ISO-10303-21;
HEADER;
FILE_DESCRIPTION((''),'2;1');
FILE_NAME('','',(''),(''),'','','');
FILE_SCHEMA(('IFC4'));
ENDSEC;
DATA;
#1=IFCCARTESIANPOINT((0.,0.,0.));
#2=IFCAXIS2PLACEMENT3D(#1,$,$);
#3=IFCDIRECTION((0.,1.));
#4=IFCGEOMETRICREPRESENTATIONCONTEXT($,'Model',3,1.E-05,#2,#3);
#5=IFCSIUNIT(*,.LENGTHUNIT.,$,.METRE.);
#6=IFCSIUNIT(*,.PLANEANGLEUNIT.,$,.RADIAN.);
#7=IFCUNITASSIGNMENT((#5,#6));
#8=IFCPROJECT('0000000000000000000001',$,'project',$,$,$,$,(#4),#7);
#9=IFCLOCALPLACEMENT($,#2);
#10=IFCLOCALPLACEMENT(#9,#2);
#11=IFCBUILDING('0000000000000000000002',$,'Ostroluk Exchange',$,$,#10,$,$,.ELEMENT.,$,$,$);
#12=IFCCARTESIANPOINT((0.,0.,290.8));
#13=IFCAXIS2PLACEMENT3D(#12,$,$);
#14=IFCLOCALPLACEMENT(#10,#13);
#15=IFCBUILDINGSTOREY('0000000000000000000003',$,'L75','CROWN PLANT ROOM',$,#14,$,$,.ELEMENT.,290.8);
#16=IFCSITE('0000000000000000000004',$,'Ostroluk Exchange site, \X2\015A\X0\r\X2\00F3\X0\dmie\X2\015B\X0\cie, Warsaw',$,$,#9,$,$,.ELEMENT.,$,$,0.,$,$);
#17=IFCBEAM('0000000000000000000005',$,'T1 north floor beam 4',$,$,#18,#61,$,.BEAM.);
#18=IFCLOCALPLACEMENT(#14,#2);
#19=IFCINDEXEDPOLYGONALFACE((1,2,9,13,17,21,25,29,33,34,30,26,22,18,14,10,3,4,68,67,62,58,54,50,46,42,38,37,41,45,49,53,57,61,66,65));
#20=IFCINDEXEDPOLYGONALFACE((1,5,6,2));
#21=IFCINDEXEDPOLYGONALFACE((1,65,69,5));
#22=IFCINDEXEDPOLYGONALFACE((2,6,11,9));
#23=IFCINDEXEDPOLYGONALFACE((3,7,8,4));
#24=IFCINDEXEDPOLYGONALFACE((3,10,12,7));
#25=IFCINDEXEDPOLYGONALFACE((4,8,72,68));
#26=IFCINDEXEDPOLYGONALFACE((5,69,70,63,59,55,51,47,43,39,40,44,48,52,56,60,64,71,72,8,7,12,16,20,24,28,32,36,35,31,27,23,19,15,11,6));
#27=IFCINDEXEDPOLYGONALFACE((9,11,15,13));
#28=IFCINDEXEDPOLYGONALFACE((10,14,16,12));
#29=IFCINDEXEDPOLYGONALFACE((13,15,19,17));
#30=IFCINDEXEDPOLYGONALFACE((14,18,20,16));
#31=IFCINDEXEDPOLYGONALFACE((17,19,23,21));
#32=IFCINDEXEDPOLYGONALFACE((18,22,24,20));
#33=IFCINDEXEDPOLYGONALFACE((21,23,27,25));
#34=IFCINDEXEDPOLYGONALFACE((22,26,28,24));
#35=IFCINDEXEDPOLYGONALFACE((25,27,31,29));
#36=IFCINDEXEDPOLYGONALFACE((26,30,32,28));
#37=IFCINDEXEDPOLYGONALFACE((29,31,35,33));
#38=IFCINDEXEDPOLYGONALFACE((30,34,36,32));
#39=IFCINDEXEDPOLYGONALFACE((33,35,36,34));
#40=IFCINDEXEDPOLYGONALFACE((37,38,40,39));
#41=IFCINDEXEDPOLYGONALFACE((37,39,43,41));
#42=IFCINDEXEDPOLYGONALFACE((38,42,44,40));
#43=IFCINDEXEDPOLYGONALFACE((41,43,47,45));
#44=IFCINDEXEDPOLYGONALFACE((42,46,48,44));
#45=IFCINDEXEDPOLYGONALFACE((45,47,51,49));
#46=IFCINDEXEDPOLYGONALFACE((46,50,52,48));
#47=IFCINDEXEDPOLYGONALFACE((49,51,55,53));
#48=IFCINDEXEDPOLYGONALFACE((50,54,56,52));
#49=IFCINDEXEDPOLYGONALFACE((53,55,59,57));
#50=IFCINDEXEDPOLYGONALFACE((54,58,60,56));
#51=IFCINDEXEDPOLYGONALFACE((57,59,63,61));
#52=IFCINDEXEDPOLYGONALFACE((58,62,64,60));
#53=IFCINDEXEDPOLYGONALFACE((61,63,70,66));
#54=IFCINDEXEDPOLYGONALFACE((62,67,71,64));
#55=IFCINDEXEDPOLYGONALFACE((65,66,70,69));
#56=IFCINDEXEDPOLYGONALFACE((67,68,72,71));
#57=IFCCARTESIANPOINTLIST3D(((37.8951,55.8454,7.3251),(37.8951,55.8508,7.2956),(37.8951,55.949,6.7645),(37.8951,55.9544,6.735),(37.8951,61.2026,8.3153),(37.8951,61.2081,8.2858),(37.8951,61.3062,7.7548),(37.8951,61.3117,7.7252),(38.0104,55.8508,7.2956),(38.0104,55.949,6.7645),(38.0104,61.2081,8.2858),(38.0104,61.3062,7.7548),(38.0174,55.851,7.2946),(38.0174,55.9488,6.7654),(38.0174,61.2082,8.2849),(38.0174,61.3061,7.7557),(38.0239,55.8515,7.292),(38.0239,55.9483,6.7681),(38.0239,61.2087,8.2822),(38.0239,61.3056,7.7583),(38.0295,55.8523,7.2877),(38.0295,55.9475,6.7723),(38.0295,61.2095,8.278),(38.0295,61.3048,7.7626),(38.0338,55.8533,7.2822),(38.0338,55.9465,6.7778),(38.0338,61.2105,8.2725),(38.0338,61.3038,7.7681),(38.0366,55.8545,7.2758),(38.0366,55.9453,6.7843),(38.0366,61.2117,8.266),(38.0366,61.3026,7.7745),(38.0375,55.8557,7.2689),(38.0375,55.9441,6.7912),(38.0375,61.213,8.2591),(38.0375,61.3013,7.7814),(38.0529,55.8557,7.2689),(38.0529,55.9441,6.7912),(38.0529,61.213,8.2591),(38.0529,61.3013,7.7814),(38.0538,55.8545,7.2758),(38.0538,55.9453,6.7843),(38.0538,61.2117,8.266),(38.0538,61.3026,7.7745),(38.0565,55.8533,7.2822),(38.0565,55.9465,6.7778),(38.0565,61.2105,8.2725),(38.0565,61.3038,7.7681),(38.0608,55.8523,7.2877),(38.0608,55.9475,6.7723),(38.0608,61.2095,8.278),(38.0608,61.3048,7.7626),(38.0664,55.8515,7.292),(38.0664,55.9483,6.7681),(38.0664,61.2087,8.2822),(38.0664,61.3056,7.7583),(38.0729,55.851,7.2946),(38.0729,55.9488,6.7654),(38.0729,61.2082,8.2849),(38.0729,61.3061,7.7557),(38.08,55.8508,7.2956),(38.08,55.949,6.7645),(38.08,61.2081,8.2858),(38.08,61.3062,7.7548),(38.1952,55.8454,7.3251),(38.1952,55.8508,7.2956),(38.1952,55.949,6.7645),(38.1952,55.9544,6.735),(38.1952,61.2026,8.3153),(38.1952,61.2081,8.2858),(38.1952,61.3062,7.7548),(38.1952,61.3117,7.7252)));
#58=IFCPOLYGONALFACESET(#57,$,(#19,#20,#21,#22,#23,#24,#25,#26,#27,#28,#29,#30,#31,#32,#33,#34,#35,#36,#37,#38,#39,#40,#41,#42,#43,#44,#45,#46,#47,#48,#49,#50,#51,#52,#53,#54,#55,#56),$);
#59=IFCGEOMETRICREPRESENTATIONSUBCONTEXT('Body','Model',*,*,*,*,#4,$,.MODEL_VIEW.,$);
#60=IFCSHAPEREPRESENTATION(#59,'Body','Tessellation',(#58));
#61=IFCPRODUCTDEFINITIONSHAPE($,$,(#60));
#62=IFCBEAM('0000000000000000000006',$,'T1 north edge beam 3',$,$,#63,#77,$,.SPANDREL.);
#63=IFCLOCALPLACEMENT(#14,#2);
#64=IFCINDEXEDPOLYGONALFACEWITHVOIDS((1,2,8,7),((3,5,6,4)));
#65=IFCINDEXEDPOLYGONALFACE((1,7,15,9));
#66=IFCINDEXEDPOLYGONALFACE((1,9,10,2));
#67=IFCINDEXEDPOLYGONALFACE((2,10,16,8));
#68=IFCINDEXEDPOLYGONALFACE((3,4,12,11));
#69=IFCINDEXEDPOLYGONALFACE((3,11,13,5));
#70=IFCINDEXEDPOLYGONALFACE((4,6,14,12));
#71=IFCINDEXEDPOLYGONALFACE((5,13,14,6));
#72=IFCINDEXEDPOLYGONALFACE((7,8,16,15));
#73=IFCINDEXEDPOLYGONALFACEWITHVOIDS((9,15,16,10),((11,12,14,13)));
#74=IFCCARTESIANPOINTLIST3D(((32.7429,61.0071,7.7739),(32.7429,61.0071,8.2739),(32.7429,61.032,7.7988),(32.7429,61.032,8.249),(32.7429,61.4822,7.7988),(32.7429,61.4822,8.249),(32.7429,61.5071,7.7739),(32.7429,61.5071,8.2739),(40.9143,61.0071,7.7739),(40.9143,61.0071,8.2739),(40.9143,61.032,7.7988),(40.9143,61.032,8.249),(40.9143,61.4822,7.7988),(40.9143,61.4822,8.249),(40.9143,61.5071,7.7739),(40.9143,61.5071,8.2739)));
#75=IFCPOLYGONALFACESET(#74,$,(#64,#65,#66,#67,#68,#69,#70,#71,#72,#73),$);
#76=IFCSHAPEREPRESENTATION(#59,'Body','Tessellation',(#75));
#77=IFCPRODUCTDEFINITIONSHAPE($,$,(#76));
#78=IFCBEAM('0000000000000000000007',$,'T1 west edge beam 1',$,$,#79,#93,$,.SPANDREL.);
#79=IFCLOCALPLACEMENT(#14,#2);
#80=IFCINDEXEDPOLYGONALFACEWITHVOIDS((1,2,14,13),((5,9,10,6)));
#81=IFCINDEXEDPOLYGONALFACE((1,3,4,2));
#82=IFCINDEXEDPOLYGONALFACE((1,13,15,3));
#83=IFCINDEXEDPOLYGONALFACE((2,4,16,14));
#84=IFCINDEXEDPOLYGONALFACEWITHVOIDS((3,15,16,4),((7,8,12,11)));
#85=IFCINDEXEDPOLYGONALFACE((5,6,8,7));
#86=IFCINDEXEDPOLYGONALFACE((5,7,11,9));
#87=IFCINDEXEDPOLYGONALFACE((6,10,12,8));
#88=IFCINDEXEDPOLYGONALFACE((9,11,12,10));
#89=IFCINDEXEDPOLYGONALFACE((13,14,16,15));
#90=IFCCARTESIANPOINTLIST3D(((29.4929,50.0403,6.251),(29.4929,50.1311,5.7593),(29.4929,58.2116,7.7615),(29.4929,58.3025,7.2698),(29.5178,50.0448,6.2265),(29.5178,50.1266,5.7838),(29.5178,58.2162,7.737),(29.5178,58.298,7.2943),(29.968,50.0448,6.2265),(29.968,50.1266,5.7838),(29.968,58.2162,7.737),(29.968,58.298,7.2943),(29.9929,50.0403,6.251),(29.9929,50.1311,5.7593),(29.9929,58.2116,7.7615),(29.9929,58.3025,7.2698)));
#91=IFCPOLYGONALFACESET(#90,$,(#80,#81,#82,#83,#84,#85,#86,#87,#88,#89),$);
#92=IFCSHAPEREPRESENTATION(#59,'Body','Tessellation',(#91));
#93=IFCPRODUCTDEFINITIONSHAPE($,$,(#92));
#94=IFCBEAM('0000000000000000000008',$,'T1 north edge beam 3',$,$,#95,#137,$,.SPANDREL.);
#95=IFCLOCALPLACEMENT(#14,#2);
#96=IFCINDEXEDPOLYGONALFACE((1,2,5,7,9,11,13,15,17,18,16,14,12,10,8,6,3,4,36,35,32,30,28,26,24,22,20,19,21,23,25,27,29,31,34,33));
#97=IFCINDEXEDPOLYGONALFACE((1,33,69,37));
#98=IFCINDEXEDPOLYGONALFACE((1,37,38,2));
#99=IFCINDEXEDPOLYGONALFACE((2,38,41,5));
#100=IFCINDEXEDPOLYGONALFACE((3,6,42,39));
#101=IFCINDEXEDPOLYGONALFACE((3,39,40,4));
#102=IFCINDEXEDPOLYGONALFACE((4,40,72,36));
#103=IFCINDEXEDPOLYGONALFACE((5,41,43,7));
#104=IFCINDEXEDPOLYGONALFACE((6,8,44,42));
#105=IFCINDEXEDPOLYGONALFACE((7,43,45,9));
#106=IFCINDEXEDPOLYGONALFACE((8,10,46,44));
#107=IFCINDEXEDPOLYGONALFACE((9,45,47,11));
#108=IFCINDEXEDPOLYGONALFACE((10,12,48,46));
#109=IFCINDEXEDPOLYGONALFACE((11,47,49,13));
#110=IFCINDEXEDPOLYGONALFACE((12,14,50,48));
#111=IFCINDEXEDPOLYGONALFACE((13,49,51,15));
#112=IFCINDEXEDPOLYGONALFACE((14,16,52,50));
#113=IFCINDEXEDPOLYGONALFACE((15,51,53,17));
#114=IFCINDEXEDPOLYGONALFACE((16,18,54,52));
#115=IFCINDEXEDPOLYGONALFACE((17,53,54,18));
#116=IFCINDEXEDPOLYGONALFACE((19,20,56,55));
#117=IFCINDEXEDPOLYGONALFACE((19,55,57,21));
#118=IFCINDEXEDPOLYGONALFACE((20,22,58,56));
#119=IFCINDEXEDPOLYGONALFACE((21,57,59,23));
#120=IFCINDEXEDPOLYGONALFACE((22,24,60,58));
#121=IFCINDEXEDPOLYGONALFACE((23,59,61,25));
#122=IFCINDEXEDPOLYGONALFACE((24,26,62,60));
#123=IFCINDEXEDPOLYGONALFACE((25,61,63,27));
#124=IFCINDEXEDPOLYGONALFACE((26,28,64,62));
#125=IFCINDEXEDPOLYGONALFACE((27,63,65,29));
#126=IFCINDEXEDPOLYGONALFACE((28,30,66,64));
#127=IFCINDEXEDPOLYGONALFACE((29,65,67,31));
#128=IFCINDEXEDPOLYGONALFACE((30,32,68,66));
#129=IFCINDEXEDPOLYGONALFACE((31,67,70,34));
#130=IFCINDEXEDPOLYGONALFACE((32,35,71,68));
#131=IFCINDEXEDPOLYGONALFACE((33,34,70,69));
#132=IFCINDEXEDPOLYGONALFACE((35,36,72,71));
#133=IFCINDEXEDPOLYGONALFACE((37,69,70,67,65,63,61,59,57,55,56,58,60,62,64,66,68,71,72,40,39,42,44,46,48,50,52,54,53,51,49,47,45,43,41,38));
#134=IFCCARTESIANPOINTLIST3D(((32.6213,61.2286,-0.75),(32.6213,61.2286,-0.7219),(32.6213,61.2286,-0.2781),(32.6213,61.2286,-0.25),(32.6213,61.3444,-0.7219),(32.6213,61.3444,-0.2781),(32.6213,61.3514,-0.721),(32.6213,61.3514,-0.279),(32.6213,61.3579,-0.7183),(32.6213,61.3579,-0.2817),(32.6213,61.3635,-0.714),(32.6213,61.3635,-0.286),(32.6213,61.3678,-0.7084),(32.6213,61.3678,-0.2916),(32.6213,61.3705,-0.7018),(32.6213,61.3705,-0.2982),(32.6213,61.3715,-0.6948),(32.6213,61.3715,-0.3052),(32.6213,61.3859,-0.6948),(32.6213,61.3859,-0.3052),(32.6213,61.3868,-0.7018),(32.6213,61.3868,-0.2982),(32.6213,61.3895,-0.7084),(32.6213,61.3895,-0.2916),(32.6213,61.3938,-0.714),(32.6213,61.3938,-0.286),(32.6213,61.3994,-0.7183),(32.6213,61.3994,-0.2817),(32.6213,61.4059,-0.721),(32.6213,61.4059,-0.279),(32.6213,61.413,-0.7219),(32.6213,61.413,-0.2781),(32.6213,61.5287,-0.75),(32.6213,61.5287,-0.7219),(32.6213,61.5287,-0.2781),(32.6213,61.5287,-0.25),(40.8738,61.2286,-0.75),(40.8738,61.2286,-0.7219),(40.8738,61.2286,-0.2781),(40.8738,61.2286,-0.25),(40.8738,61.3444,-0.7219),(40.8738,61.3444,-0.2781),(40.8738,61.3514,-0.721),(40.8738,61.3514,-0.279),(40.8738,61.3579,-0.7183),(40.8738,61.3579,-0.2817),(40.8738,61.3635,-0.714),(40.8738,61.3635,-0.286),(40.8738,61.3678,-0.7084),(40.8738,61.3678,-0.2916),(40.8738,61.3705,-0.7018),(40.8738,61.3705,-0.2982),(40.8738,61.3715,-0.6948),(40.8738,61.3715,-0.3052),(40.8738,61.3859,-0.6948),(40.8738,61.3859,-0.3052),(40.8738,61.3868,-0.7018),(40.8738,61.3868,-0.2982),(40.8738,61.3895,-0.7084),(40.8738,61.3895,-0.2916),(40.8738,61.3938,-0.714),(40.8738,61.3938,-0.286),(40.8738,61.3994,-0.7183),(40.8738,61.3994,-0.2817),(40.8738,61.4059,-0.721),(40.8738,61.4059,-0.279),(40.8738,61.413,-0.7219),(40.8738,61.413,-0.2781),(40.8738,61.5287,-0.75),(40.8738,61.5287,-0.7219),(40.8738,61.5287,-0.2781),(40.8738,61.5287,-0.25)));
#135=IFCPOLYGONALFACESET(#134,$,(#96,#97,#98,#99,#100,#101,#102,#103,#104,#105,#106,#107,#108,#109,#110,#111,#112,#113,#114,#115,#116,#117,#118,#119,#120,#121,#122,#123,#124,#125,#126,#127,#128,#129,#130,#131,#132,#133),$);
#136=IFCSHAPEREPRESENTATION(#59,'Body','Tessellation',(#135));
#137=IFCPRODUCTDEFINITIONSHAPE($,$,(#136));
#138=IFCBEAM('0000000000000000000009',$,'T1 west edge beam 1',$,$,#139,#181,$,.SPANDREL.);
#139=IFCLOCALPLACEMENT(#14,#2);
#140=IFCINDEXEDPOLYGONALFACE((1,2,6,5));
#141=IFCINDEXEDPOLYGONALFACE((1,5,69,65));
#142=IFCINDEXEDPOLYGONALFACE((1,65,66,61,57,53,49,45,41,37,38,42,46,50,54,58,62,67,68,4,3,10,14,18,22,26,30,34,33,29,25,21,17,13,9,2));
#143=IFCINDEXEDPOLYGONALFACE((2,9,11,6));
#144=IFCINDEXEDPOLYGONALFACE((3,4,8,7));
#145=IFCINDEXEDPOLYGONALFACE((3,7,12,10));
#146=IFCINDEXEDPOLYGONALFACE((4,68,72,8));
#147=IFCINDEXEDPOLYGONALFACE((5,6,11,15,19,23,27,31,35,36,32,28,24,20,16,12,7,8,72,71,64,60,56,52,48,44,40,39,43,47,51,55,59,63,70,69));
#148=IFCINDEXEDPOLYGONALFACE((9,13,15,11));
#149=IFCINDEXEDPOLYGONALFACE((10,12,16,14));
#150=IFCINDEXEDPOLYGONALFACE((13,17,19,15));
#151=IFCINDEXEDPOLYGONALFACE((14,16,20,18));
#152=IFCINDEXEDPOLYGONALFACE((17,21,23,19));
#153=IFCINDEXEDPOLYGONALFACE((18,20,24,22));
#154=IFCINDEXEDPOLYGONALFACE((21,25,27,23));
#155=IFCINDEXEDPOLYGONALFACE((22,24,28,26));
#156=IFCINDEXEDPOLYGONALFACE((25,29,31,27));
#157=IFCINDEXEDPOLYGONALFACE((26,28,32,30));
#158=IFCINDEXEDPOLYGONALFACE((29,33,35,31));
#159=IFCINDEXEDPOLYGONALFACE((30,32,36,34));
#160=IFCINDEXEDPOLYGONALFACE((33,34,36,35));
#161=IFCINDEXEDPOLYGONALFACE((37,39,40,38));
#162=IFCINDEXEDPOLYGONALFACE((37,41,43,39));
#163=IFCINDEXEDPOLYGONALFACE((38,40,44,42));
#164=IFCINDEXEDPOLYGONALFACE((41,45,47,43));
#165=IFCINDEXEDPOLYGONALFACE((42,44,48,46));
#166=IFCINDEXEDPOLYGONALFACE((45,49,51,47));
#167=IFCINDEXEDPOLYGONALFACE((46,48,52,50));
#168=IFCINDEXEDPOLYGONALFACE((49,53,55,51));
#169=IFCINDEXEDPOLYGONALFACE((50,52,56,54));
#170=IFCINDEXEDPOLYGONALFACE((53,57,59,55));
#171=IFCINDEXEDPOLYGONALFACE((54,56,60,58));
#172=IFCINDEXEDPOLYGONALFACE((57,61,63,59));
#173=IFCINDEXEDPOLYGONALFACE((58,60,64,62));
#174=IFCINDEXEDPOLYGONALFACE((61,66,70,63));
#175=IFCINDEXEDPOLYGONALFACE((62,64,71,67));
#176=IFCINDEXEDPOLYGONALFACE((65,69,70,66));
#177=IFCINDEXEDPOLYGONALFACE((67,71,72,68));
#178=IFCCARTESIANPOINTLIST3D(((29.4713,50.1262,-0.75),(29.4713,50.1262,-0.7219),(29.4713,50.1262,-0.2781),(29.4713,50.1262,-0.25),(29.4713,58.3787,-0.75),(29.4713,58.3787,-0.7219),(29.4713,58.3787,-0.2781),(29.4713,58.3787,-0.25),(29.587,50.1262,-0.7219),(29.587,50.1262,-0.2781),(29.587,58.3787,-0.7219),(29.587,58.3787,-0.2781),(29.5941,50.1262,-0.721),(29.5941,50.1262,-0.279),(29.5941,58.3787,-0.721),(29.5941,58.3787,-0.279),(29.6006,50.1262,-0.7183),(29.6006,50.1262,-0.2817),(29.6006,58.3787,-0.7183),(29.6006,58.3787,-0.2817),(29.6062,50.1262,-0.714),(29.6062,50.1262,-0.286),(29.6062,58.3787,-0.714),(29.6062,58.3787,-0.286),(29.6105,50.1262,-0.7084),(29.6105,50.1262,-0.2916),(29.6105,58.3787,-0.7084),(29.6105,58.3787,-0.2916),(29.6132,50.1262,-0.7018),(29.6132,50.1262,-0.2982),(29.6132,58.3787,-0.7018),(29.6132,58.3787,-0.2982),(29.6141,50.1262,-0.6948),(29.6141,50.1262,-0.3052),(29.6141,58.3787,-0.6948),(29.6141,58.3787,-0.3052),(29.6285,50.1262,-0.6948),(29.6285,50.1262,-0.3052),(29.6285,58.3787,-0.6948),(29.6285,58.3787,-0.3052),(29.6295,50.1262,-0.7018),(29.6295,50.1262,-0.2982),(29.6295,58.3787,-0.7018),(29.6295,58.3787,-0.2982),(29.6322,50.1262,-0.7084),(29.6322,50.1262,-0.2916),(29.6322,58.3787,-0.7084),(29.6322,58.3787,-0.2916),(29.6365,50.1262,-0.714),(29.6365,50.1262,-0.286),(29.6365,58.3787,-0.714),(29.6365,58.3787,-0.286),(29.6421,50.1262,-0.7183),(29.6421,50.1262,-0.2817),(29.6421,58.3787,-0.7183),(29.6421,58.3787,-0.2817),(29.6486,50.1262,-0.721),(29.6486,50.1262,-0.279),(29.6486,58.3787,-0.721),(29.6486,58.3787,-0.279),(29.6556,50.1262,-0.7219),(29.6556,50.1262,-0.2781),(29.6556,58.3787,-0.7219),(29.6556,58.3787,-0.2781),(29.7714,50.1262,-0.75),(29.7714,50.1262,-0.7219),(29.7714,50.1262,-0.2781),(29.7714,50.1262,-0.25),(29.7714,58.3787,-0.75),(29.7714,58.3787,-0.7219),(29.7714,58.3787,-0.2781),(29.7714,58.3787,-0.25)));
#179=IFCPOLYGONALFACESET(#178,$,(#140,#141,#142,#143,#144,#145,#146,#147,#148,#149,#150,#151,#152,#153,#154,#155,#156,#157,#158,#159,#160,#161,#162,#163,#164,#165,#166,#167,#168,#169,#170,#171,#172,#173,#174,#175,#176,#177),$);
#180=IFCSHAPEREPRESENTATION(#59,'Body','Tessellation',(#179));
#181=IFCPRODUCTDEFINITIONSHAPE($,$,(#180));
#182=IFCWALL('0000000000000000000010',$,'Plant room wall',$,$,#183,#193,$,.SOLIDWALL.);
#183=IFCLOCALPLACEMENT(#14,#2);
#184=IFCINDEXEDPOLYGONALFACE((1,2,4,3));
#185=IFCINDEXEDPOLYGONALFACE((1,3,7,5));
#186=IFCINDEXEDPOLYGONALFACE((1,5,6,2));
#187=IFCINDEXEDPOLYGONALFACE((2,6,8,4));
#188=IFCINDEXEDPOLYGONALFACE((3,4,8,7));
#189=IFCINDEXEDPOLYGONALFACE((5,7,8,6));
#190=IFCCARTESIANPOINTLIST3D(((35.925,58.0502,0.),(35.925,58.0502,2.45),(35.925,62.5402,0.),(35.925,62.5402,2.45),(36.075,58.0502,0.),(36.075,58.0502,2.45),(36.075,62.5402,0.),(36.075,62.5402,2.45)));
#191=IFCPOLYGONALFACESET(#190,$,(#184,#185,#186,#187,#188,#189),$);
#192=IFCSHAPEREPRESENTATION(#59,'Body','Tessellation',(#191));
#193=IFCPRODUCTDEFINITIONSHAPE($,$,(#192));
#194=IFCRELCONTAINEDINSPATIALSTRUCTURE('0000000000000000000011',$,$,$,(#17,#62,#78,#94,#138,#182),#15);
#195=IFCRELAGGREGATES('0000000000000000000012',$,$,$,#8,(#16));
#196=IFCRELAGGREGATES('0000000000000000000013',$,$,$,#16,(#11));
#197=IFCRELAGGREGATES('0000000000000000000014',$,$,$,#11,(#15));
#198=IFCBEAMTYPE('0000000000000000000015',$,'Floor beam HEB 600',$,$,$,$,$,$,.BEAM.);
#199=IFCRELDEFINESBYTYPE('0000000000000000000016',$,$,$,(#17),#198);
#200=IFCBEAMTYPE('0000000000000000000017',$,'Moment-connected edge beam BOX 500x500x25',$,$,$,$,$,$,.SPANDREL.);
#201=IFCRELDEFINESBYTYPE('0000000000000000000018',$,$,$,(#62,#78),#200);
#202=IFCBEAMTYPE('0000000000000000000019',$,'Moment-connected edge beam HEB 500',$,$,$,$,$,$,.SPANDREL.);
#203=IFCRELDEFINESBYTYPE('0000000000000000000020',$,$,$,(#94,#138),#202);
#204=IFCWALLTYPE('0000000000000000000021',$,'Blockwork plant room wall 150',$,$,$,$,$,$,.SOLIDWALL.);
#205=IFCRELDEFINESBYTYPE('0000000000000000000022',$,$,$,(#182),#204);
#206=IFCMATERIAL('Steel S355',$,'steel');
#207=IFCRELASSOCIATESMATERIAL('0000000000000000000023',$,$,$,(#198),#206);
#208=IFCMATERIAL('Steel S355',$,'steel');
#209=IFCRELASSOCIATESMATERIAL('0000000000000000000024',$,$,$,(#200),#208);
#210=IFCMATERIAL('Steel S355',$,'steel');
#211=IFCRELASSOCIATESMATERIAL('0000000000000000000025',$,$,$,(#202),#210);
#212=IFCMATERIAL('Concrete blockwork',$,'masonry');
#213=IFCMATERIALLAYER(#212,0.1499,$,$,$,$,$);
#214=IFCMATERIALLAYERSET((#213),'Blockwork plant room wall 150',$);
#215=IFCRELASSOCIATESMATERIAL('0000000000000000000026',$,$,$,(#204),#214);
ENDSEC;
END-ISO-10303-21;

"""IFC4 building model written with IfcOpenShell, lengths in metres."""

from ifc_helpers import new_model, si_unit, direction, frame, frame_2d, origin, origin_2d, place, context, subcontext, project, spatial, rectangle, hollow_rectangle, i_section, extrude, material, layer, layer_set, material_profile, profile_set, type_object, element, save


model = new_model("IFC4")

# Units and contexts
model_context = context("Model", 3, precision=1e-05, world=origin(), true_north=direction((0.0, 1.0)))
body_context = subcontext(model_context, "Body", "Model", "MODEL_VIEW")
ifc_project = project(units=[si_unit("LENGTHUNIT", "METRE"), si_unit("PLANEANGLEUNIT", "RADIAN")], contexts=[model_context])

# Site, building, storey
site_placement = place(None, origin())
site = spatial("IfcSite", under=ifc_project, at=site_placement, Name="Ostroluk Exchange site, Śródmieście, Warsaw", CompositionType="ELEMENT", RefElevation=0.0)
building_placement = place(site_placement, origin())
building = spatial("IfcBuilding", under=site, at=building_placement, Name="Ostroluk Exchange", CompositionType="ELEMENT")
storey_placement = place(building_placement, frame((0.0, 0.0, 290.8)))
storey = spatial("IfcBuildingStorey", under=building, at=storey_placement, Name="L75", Description="CROWN PLANT ROOM", CompositionType="ELEMENT", Elevation=290.8)

# Beams
ifc_material_1 = material(Name="Steel S355", Category="steel")
ifc_material_profile_1 = material_profile(ifc_material_1, i_section(OverallWidth=0.3, OverallDepth=0.6001, WebThickness=0.0154, FlangeThickness=0.03, FilletRadius=0.0271, at=origin_2d()), Name="HEB 600")
ifc_profile_set_1 = profile_set([ifc_material_profile_1], Name="Steel S355")
beam_type_1 = type_object("IfcBeamType", Name="Floor beam HEB 600", PredefinedType="BEAM", material=ifc_profile_set_1)
for number, where, z_axis, x_axis, name in (
    (1, (38.0452, 55.8999, 7.03), (0.0, 0.983342, 0.181763), (-1.0, 0.0, 0.0), "T1 north floor beam 4"),
):
    element("IfcBeam", number, at=place(storey_placement, frame(where, z_axis=z_axis, x_axis=x_axis)), inside=storey, type_object=beam_type_1, Name=name, PredefinedType="BEAM", context=body_context, shape_type="SweptSolid", body=[
        extrude(i_section(OverallWidth=0.3, OverallDepth=0.6001, WebThickness=0.0154, FlangeThickness=0.03, FilletRadius=0.0271, at=origin_2d()), origin(), (0.0, 0.0, 1.0), 5.448),
    ])
ifc_material_2 = material(Name="Steel S355", Category="steel")
ifc_material_profile_2 = material_profile(ifc_material_2, hollow_rectangle(XDim=0.5, YDim=0.5, WallThickness=0.0249, at=origin_2d()), Name="BOX 500x500x25")
ifc_profile_set_2 = profile_set([ifc_material_profile_2], Name="Steel S355")
beam_type_2 = type_object("IfcBeamType", Name="Moment-connected edge beam BOX 500x500x25", PredefinedType="SPANDREL", material=ifc_profile_set_2)
beam_1_placement = place(storey_placement, frame((40.9143, 61.2571, 8.0239), z_axis=(-1.0, 0.0, 0.0), x_axis=(0.0, -1.0, 0.0)))
element("IfcBeam", 2, at=beam_1_placement, inside=storey, type_object=beam_type_2, Name="T1 north edge beam 3", PredefinedType="SPANDREL", context=body_context, shape_type="SweptSolid", body=[
    extrude(hollow_rectangle(XDim=0.5, YDim=0.5, WallThickness=0.0249, at=origin_2d()), origin(), (0.0, 0.0, 1.0), 8.1714),
])
beam_2_placement = place(storey_placement, frame((29.7429, 58.2571, 7.5156), z_axis=(0.0, -0.983341, -0.181773), x_axis=(1.0, 0.0, 0.0)))
element("IfcBeam", 3, at=beam_2_placement, inside=storey, type_object=beam_type_2, Name="T1 west edge beam 1", PredefinedType="SPANDREL", context=body_context, shape_type="SweptSolid", body=[
    extrude(hollow_rectangle(XDim=0.5, YDim=0.5, WallThickness=0.0249, at=origin_2d()), origin(), (0.0, 0.0, 1.0), 8.3098),
])
ifc_material_3 = material(Name="Steel S355", Category="steel")
ifc_material_profile_3 = material_profile(ifc_material_3, i_section(OverallWidth=0.3, OverallDepth=0.5, WebThickness=0.0144, FlangeThickness=0.0281, FilletRadius=0.0271, at=origin_2d()), Name="HEB 500")
ifc_profile_set_3 = profile_set([ifc_material_profile_3], Name="Steel S355")
beam_type_3 = type_object("IfcBeamType", Name="Moment-connected edge beam HEB 500", PredefinedType="SPANDREL", material=ifc_profile_set_3)
for number, where, z_axis, x_axis, name in (
    (4, (40.8738, 61.3787, -0.5), (-1.0, 0.0, 0.0), (0.0, -1.0, 0.0), "T1 north edge beam 3"),
    (5, (29.6213, 58.3787, -0.5), (0.0, -1.0, 0.0), (1.0, 0.0, 0.0), "T1 west edge beam 1"),
):
    element("IfcBeam", number, at=place(storey_placement, frame(where, z_axis=z_axis, x_axis=x_axis)), inside=storey, type_object=beam_type_3, Name=name, PredefinedType="SPANDREL", context=body_context, shape_type="SweptSolid", body=[
        extrude(i_section(OverallWidth=0.3, OverallDepth=0.5, WebThickness=0.0144, FlangeThickness=0.0281, FilletRadius=0.0271, at=origin_2d()), origin(), (0.0, 0.0, 1.0), 8.2524),
    ])

# Wall
ifc_material_4 = material(Name="Concrete blockwork", Category="masonry")
ifc_layer_1 = layer(ifc_material_4, 0.1499)
ifc_layer_set_1 = layer_set([ifc_layer_1], Name="Blockwork plant room wall 150")
wall_type_1 = type_object("IfcWallType", Name="Blockwork plant room wall 150", PredefinedType="SOLIDWALL", material=ifc_layer_set_1)
wall_1_placement = place(storey_placement, frame((36.0, 58.05, 0.0), z_axis=(0.0, 0.0, 1.0), x_axis=(0.0, 1.0, 0.0)))
element("IfcWall", 6, at=wall_1_placement, inside=storey, type_object=wall_type_1, Name="Plant room wall", PredefinedType="SOLIDWALL", context=body_context, shape_type="SweptSolid", body=[
    extrude(rectangle(XDim=4.49, YDim=0.1499, at=frame_2d((2.2451, 0.0))), origin(), (0.0, 0.0, 1.0), 2.45),
])

save(model, "model.ifc")
